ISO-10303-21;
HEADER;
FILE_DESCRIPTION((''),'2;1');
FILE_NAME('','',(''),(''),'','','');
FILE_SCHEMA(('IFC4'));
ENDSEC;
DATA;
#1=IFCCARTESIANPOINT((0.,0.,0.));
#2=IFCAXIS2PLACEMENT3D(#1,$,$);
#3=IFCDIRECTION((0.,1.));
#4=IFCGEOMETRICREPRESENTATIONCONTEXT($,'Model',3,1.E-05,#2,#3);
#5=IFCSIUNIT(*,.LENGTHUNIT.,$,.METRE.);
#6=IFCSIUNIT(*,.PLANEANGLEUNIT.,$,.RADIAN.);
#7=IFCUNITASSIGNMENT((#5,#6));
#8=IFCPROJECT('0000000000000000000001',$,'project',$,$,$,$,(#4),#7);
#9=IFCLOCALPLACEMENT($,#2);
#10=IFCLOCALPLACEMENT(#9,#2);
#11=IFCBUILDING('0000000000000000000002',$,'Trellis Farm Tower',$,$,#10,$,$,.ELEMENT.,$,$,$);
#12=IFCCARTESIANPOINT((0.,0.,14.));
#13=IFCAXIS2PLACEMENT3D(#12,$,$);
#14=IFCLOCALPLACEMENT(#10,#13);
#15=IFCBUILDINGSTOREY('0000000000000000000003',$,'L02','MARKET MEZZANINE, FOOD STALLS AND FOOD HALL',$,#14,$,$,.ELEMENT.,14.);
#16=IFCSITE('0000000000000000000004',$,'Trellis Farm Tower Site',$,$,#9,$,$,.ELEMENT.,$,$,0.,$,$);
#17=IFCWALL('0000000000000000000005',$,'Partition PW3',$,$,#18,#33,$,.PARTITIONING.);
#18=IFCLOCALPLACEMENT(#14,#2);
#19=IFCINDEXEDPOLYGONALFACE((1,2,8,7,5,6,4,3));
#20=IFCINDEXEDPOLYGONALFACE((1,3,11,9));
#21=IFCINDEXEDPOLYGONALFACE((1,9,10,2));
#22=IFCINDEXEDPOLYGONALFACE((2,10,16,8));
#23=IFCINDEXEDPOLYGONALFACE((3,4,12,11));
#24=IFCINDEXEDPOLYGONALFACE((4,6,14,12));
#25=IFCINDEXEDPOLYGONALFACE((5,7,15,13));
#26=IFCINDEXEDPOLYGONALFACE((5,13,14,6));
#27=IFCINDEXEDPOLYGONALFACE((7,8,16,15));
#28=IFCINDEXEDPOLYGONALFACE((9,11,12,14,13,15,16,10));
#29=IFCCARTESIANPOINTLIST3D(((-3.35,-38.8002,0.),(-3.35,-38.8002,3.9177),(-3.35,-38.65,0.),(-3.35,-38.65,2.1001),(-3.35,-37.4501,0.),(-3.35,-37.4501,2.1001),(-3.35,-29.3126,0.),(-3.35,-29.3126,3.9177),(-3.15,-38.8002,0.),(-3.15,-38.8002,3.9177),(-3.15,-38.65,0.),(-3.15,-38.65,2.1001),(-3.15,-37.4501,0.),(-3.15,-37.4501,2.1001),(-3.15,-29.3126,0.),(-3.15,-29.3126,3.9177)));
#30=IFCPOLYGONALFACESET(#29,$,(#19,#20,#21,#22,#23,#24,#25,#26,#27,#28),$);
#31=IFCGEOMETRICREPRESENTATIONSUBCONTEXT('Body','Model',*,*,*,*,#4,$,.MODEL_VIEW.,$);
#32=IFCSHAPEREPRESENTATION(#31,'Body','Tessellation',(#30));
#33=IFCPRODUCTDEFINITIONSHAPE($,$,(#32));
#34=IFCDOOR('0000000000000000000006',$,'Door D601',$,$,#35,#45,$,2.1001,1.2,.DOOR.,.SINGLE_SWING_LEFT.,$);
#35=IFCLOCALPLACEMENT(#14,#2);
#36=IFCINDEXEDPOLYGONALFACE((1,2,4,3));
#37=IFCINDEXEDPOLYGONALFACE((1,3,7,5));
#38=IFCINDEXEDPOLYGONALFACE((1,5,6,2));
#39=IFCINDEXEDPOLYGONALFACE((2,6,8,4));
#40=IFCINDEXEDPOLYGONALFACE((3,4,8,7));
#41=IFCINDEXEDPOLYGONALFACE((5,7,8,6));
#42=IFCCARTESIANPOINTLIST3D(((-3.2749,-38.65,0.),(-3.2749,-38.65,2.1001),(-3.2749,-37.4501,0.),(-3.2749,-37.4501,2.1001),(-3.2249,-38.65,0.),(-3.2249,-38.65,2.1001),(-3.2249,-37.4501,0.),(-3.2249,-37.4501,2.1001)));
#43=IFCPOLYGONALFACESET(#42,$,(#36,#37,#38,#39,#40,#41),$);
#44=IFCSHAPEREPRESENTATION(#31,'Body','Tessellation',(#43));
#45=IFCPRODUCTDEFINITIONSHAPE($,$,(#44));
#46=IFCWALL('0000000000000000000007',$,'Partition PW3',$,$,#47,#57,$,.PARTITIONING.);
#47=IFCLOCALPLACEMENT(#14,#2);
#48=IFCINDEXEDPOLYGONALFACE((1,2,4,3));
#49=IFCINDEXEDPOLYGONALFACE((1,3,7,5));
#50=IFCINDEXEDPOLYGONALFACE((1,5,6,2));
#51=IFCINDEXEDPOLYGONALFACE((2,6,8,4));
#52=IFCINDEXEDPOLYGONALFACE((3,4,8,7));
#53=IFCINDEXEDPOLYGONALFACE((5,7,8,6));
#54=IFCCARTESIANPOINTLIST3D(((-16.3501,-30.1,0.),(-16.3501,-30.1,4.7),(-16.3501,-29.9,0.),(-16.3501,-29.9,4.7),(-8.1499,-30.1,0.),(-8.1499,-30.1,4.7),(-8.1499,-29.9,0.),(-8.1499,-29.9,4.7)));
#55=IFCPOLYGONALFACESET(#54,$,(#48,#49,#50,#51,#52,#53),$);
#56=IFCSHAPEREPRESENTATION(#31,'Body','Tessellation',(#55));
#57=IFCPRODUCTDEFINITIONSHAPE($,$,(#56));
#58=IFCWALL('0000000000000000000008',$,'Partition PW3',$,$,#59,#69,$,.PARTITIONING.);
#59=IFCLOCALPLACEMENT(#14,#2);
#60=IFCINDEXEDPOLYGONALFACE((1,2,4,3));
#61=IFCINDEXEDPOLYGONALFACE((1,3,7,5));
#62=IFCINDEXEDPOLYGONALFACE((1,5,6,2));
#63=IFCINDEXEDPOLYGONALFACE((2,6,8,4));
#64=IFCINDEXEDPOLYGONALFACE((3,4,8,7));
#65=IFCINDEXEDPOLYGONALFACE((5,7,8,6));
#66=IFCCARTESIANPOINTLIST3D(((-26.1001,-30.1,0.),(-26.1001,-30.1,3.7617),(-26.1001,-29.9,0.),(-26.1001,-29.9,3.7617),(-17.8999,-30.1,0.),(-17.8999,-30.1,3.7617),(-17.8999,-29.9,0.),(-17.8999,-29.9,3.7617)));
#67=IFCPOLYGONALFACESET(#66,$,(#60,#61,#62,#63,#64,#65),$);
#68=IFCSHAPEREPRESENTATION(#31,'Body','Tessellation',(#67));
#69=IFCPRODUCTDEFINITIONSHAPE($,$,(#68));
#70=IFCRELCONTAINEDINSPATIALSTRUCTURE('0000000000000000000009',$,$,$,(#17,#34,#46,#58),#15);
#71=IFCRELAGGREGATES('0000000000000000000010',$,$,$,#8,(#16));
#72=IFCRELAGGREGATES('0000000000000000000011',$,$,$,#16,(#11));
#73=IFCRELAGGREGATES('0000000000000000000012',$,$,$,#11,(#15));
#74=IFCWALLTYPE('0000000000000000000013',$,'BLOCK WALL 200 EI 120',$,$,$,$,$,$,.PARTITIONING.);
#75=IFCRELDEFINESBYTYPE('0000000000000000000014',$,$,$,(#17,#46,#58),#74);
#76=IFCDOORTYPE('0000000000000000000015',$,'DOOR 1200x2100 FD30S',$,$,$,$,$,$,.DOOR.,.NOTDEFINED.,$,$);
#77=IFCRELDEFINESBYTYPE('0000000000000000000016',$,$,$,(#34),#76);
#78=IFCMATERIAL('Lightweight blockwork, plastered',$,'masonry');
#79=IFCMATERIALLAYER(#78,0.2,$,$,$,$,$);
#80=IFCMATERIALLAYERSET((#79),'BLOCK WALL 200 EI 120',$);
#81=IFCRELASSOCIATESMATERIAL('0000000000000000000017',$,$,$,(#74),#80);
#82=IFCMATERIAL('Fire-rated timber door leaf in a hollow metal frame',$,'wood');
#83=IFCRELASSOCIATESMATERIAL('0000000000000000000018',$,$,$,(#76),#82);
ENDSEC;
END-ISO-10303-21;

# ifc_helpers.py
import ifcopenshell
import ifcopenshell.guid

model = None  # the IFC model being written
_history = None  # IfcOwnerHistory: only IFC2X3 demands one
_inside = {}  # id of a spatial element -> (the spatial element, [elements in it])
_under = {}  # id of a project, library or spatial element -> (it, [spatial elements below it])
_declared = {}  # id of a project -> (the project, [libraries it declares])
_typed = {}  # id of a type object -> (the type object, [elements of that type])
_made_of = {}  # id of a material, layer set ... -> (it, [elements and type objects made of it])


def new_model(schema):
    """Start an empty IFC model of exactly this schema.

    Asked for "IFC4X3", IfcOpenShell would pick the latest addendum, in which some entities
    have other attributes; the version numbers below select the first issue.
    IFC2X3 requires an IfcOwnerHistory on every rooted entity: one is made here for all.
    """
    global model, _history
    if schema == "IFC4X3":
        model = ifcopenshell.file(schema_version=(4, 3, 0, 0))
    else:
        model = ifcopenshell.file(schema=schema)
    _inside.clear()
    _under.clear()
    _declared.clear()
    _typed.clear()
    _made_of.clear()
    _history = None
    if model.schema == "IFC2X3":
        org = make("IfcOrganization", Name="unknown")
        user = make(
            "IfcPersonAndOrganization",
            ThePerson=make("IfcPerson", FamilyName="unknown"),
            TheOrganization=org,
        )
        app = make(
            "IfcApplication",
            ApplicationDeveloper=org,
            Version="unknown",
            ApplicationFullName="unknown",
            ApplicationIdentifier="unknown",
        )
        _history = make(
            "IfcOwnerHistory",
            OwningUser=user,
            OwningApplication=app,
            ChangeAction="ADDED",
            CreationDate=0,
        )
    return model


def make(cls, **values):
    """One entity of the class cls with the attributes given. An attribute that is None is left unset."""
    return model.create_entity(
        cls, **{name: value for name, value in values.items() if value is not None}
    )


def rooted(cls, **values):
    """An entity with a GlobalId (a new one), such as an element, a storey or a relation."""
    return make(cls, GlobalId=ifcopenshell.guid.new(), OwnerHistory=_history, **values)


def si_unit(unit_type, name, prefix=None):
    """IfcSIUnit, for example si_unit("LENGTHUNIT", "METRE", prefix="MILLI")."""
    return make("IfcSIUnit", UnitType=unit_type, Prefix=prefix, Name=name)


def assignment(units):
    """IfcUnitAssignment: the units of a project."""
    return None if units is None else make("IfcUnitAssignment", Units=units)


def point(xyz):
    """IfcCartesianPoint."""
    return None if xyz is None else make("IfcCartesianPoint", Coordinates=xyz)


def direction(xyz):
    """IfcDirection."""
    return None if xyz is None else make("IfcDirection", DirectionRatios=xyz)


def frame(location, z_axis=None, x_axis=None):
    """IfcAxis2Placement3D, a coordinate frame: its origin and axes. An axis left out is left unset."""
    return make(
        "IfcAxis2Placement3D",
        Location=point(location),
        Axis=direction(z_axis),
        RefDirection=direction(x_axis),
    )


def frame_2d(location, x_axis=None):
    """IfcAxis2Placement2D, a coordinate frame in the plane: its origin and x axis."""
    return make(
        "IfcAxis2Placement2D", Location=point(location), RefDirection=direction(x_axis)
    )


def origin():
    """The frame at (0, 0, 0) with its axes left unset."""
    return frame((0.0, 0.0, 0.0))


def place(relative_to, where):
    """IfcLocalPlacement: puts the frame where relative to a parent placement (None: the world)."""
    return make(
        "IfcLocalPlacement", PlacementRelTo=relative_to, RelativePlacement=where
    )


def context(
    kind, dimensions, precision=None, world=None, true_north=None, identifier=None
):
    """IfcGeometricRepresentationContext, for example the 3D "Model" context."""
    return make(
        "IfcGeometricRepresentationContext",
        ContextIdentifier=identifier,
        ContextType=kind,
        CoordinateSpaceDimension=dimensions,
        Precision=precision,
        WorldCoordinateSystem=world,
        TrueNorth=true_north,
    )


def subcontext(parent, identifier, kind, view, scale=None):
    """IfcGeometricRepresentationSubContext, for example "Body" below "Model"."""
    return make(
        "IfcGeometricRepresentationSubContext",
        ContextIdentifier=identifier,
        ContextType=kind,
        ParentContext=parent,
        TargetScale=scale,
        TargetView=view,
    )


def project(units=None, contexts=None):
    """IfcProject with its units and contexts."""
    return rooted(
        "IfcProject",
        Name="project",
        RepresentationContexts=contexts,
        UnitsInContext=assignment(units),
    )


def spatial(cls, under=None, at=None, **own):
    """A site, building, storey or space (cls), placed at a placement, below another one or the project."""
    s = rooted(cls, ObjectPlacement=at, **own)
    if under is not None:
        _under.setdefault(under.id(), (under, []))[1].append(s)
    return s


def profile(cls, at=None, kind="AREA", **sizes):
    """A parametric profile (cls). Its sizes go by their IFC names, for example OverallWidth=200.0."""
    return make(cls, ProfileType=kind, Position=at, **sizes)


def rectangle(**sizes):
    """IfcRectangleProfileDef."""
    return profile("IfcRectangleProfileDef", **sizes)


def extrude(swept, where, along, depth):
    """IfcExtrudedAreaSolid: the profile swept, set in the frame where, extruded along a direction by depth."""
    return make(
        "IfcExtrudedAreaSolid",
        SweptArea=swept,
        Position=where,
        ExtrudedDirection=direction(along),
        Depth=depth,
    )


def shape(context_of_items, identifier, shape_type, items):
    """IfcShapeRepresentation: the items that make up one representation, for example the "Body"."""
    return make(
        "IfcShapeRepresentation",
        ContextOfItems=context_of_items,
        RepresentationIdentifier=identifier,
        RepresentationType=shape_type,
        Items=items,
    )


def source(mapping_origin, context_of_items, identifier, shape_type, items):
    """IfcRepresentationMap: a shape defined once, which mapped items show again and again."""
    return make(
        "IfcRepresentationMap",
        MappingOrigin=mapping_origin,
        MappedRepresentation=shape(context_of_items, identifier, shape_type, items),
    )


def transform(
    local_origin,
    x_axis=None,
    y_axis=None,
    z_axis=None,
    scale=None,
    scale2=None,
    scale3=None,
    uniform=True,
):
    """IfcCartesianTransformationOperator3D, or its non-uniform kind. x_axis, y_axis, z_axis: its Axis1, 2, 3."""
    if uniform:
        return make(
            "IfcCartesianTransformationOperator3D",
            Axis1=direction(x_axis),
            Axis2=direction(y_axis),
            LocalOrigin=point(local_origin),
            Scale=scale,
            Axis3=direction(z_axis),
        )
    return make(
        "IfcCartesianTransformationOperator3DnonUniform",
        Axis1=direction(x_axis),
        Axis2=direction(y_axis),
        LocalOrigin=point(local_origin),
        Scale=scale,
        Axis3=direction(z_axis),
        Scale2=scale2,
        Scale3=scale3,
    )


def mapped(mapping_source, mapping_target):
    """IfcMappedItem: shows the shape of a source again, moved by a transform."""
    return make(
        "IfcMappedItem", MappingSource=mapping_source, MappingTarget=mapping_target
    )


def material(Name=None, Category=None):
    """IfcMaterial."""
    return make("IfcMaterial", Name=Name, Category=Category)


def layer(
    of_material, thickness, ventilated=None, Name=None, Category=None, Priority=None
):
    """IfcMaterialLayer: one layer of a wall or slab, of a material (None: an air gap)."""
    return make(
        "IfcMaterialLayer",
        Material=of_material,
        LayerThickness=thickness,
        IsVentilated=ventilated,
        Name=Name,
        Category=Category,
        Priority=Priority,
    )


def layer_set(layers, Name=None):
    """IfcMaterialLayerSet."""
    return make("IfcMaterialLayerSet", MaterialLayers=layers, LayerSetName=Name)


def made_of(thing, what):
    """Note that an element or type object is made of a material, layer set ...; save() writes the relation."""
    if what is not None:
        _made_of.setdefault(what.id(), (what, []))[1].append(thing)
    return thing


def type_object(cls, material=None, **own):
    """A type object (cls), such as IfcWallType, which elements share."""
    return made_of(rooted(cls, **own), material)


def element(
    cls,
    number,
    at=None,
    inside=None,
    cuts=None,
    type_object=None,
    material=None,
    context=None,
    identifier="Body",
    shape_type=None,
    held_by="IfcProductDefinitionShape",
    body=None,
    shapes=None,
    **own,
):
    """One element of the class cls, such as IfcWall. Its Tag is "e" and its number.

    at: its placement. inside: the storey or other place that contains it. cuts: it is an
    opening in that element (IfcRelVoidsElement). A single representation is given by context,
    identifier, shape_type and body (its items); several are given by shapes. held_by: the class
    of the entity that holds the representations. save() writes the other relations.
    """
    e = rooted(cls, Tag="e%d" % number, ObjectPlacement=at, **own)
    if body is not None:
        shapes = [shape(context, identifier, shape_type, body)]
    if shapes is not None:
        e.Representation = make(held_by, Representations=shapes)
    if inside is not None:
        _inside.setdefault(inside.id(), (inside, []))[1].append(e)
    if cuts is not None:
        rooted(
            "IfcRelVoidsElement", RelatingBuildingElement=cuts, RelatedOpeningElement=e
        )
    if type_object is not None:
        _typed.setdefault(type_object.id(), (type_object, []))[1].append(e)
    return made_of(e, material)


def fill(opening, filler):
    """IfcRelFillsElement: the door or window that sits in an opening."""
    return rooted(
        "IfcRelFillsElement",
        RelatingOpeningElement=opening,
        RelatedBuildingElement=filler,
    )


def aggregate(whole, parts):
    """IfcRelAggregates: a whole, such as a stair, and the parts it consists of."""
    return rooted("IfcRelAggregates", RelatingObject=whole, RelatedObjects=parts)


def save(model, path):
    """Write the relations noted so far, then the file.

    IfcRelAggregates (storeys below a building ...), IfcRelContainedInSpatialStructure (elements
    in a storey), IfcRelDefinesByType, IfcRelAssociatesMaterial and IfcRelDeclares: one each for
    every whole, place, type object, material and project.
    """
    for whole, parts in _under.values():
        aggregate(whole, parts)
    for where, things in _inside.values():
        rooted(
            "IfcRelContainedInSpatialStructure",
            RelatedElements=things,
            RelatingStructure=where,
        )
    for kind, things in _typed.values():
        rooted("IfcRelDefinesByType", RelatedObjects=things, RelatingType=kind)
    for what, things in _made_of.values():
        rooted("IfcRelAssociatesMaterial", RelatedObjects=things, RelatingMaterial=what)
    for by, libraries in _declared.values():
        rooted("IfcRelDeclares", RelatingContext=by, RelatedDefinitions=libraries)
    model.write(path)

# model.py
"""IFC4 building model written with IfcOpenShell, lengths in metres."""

from ifc_helpers import new_model, si_unit, direction, frame, frame_2d, origin, place, context, subcontext, project, spatial, rectangle, extrude, source, transform, mapped, material, layer, layer_set, type_object, element, fill, save


model = new_model("IFC4")

# Units and contexts
model_context = context("Model", 3, precision=1e-05, world=origin(), true_north=direction((0.0, 1.0)))
body_context = subcontext(model_context, "Body", "Model", "MODEL_VIEW")
ifc_project = project(units=[si_unit("LENGTHUNIT", "METRE"), si_unit("PLANEANGLEUNIT", "RADIAN")], contexts=[model_context])

# Site, building, storey
site_placement = place(None, origin())
site = spatial("IfcSite", under=ifc_project, at=site_placement, Name="Trellis Farm Tower Site", CompositionType="ELEMENT", RefElevation=0.0)
building_placement = place(site_placement, origin())
building = spatial("IfcBuilding", under=site, at=building_placement, Name="Trellis Farm Tower", CompositionType="ELEMENT")
storey_placement = place(building_placement, frame((0.0, 0.0, 14.0)))
storey = spatial("IfcBuildingStorey", under=building, at=storey_placement, Name="L02", Description="MARKET MEZZANINE, FOOD STALLS AND FOOD HALL", CompositionType="ELEMENT", Elevation=14.0)

# Shared definitions
ifc_material_1 = material(Name="Lightweight blockwork, plastered", Category="masonry")
ifc_layer = layer(ifc_material_1, 0.2)
ifc_layer_set = layer_set([ifc_layer], Name="BLOCK WALL 200 EI 120")
wall_type = type_object("IfcWallType", Name="BLOCK WALL 200 EI 120", PredefinedType="PARTITIONING", material=ifc_layer_set)

# Wall, opening, door
shared_shape_1 = source(origin(), body_context, "Body", "SweptSolid", [
    extrude(rectangle(XDim=9.4875, YDim=0.2, at=frame_2d((4.7437, 0.0))), origin(), (0.0, 0.0, 1.0), 3.9177),
])
wall_1_placement = place(storey_placement, frame((-3.25, -38.8, 0.0), z_axis=(0.0, 0.0, 1.0), x_axis=(0.0, 1.0, 0.0)))
wall_1 = element("IfcWall", 1, at=wall_1_placement, inside=storey, type_object=wall_type, Name="Partition PW3", PredefinedType="PARTITIONING", context=body_context, shape_type="MappedRepresentation", body=[
    mapped(shared_shape_1, transform((0.0, 0.0, 0.0))),
])
shared_shape_2 = source(origin(), body_context, "Body", "SweptSolid", [
    extrude(rectangle(XDim=1.2, YDim=2.1001, at=frame_2d((0.6001, 1.05))), frame((0.0, 0.1101, 0.0), z_axis=(0.0, -1.0, 0.0), x_axis=(1.0, 0.0, 0.0)), (0.0, 0.0, 1.0), 0.2202),
])
opening_placement = place(wall_1_placement, frame((0.1499, 0.0, 0.0)))
opening = element("IfcOpeningElement", 2, at=opening_placement, cuts=wall_1, PredefinedType="OPENING", context=body_context, shape_type="MappedRepresentation", body=[
    mapped(shared_shape_2, transform((0.0, 0.0, 0.0))),
])
ifc_material_2 = material(Name="Fire-rated timber door leaf in a hollow metal frame", Category="wood")
door_type = type_object("IfcDoorType", Name="DOOR 1200x2100 FD30S", OperationType="NOTDEFINED", PredefinedType="DOOR", material=ifc_material_2)
shared_shape_3 = source(origin(), body_context, "Body", "SweptSolid", [
    extrude(rectangle(XDim=1.2, YDim=2.1001, at=frame_2d((0.6001, 1.05))), frame((0.0, 0.0249, 0.0), z_axis=(0.0, -1.0, 0.0), x_axis=(1.0, 0.0, 0.0)), (0.0, 0.0, 1.0), 0.05),
])
door_placement = place(opening_placement, origin())
door = element("IfcDoor", 3, at=door_placement, inside=storey, type_object=door_type, Name="Door D601", OperationType="SINGLE_SWING_LEFT", OverallHeight=2.1001, OverallWidth=1.2, PredefinedType="DOOR", context=body_context, shape_type="MappedRepresentation", body=[
    mapped(shared_shape_3, transform((0.0, 0.0, 0.0))),
])
fill(opening, door)

# Walls
shared_shape_4 = source(origin(), body_context, "Body", "SweptSolid", [
    extrude(rectangle(XDim=8.2002, YDim=0.2, at=frame_2d((4.1001, 0.0))), origin(), (0.0, 0.0, 1.0), 4.7),
])
wall_2_placement = place(storey_placement, frame((-8.1499, -30.0, 0.0), z_axis=(0.0, 0.0, 1.0), x_axis=(-1.0, 0.0, 0.0)))
element("IfcWall", 4, at=wall_2_placement, inside=storey, type_object=wall_type, Name="Partition PW3", PredefinedType="PARTITIONING", context=body_context, shape_type="MappedRepresentation", body=[
    mapped(shared_shape_4, transform((0.0, 0.0, 0.0))),
])
shared_shape_5 = source(origin(), body_context, "Body", "SweptSolid", [
    extrude(rectangle(XDim=8.2002, YDim=0.2, at=frame_2d((4.1001, 0.0))), origin(), (0.0, 0.0, 1.0), 3.7617),
])
wall_3_placement = place(storey_placement, frame((-17.8999, -30.0, 0.0), z_axis=(0.0, 0.0, 1.0), x_axis=(-1.0, 0.0, 0.0)))
element("IfcWall", 5, at=wall_3_placement, inside=storey, type_object=wall_type, Name="Partition PW3", PredefinedType="PARTITIONING", context=body_context, shape_type="MappedRepresentation", body=[
    mapped(shared_shape_5, transform((0.0, 0.0, 0.0))),
])

save(model, "model.ifc")
